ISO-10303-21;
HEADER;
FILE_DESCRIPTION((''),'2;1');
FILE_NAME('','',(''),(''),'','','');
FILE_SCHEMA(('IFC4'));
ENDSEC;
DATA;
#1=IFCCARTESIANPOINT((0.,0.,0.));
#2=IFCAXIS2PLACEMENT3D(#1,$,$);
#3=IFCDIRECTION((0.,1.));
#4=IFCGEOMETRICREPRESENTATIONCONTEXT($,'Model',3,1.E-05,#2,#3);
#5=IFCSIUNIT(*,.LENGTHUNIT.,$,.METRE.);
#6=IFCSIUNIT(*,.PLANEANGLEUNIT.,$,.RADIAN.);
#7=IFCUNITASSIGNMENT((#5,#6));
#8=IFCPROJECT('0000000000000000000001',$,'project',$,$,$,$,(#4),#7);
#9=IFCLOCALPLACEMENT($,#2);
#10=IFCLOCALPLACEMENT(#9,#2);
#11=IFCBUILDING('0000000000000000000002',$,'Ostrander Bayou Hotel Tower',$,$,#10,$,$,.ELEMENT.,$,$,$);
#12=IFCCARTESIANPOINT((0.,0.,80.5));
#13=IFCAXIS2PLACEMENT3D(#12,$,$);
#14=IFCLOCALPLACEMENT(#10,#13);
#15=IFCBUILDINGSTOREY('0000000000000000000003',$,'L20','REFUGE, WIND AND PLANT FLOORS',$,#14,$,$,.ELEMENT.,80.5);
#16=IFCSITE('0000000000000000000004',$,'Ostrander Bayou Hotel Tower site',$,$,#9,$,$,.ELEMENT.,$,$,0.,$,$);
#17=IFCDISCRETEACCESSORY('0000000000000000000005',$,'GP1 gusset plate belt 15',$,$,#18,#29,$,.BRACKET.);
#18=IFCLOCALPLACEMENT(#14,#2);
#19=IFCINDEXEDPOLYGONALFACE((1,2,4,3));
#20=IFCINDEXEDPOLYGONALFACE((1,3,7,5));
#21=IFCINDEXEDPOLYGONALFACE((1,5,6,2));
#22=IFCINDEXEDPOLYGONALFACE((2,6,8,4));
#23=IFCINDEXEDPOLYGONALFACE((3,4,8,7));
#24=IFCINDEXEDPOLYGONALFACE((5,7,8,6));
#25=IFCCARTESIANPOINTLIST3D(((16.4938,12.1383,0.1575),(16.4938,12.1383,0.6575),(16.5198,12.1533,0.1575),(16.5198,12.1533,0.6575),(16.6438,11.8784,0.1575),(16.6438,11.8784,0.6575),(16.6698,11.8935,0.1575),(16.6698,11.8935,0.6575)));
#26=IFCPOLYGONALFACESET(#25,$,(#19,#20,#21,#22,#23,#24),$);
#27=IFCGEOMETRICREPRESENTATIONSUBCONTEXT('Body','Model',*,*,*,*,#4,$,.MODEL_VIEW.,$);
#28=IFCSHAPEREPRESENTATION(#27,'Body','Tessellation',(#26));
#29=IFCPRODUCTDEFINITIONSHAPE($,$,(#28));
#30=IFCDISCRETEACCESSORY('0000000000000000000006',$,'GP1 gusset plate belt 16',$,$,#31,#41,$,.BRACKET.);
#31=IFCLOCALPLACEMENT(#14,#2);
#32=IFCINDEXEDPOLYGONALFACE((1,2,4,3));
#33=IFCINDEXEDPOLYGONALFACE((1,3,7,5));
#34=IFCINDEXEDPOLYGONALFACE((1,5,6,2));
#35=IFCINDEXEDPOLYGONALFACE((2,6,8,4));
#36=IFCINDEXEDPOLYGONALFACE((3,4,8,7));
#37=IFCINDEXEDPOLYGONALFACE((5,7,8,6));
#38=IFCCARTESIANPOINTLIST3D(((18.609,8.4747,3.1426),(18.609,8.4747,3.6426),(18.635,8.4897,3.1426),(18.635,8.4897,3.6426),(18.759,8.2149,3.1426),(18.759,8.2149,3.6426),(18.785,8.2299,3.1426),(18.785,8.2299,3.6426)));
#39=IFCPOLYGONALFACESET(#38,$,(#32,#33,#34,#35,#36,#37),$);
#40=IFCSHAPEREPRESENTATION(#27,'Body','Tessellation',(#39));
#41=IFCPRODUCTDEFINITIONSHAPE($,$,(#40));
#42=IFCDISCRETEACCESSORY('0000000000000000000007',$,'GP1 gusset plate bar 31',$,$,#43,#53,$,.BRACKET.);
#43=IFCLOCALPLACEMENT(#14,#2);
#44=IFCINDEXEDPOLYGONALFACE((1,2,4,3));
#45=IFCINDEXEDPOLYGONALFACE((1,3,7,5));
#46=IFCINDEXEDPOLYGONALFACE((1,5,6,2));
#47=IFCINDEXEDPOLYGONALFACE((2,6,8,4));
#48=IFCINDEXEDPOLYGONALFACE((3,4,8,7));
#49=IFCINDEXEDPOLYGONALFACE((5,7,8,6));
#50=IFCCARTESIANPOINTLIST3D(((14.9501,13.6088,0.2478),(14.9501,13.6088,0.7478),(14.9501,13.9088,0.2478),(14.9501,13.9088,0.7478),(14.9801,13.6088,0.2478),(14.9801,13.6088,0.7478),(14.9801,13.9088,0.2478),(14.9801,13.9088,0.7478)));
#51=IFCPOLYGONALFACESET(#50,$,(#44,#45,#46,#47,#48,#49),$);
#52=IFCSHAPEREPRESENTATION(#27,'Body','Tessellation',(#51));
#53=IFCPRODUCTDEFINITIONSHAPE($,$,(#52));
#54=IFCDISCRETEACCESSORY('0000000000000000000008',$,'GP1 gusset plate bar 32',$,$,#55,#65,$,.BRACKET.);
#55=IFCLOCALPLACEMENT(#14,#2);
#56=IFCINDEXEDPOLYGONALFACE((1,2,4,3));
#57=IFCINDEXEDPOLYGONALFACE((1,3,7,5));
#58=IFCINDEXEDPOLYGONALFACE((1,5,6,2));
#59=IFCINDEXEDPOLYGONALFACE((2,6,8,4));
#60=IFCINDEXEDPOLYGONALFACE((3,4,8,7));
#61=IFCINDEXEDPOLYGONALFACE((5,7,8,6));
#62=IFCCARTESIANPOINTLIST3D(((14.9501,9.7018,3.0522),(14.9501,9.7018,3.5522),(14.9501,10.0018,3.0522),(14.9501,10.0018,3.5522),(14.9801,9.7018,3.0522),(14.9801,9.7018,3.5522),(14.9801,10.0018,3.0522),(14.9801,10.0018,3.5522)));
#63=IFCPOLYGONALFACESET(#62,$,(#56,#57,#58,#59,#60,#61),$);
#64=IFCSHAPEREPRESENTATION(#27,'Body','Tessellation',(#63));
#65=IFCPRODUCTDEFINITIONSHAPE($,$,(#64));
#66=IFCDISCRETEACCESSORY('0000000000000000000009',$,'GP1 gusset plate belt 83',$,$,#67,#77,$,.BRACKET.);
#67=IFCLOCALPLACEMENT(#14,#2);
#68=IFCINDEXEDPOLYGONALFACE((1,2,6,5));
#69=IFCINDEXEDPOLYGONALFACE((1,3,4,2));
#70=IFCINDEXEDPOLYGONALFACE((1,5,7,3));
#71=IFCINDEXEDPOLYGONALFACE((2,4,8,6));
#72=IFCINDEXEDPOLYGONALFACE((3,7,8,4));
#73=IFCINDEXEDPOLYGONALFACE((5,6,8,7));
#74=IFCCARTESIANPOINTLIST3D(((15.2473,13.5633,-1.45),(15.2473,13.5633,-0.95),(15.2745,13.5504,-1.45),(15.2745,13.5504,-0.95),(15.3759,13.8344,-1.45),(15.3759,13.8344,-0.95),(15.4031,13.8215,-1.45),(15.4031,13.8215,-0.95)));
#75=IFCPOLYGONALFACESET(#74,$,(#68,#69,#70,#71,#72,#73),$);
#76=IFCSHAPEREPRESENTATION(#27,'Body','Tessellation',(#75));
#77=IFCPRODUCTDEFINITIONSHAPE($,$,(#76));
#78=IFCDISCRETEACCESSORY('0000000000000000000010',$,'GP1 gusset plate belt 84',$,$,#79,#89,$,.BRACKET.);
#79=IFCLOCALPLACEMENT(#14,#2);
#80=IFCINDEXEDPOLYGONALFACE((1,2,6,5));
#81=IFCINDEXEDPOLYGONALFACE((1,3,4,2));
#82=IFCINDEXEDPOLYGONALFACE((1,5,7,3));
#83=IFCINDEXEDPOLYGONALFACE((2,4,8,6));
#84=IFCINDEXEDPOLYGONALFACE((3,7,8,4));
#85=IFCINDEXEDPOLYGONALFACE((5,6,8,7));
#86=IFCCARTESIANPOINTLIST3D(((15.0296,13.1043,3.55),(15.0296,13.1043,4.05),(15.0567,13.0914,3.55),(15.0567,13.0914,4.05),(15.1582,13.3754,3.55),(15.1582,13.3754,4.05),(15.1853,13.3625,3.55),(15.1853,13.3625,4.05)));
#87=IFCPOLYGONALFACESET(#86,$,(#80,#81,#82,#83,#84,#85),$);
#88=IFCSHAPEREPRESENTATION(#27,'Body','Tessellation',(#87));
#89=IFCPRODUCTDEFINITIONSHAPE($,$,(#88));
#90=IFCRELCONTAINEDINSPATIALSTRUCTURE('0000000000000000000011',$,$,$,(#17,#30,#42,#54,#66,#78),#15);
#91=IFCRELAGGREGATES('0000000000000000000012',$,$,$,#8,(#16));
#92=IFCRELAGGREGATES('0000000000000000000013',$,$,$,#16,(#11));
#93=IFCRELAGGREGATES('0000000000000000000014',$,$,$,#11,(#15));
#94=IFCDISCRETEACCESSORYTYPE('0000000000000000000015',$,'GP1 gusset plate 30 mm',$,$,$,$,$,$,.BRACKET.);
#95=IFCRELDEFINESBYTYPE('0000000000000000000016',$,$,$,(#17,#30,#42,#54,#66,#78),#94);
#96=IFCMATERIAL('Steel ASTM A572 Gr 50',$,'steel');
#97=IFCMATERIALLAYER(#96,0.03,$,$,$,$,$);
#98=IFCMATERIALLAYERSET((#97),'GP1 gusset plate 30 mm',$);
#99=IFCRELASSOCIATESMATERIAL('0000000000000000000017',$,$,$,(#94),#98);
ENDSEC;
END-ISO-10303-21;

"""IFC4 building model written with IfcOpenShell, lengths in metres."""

from ifc_helpers import new_model, si_unit, direction, frame, origin, origin_2d, place, context, subcontext, project, spatial, rectangle, extrude, material, layer, layer_set, type_object, element, save


model = new_model("IFC4")

# Units and contexts
model_context = context("Model", 3, precision=1e-05, world=origin(), true_north=direction((0.0, 1.0)))
body_context = subcontext(model_context, "Body", "Model", "MODEL_VIEW")
ifc_project = project(units=[si_unit("LENGTHUNIT", "METRE"), si_unit("PLANEANGLEUNIT", "RADIAN")], contexts=[model_context])

# Site, building, storey
site_placement = place(None, origin())
site = spatial("IfcSite", under=ifc_project, at=site_placement, Name="Ostrander Bayou Hotel Tower site", CompositionType="ELEMENT", RefElevation=0.0)
building_placement = place(site_placement, origin())
building = spatial("IfcBuilding", under=site, at=building_placement, Name="Ostrander Bayou Hotel Tower", CompositionType="ELEMENT")
storey_placement = place(building_placement, frame((0.0, 0.0, 80.5)))
storey = spatial("IfcBuildingStorey", under=building, at=storey_placement, Name="L20", Description="REFUGE, WIND AND PLANT FLOORS", CompositionType="ELEMENT", Elevation=80.5)

# Discrete accessories
ifc_material_1 = material(Name="Steel ASTM A572 Gr 50", Category="steel")
ifc_layer_1 = layer(ifc_material_1, 0.03)
ifc_layer_set_1 = layer_set([ifc_layer_1], Name="GP1 gusset plate 30 mm")
discrete_accessory_type = type_object("IfcDiscreteAccessoryType", Name="GP1 gusset plate 30 mm", PredefinedType="BRACKET", material=ifc_layer_set_1)
for number, where, z_axis, x_axis, name in (
    (1, (16.5818, 12.0159, 0.1575), (0.0, 0.0, 1.0), (0.5, -0.866025, 0.0), "GP1 gusset plate belt 15"),
    (2, (18.697, 8.3523, 3.1426), (0.0, 0.0, 1.0), (0.5, -0.866025, 0.0), "GP1 gusset plate belt 16"),
    (3, (14.9651, 13.7588, 0.2478), (0.0, 0.0, 1.0), (0.0, -1.0, 0.0), "GP1 gusset plate bar 31"),
    (4, (14.9651, 9.8518, 3.0522), (0.0, 0.0, 1.0), (0.0, -1.0, 0.0), "GP1 gusset plate bar 32"),
    (5, (15.3252, 13.6924, -1.45), (0.0, 0.0, 1.0), (-0.42862, -0.903485, 0.0), "GP1 gusset plate belt 83"),
    (6, (15.1074, 13.2334, 3.55), (0.0, 0.0, 1.0), (-0.42862, -0.903485, 0.0), "GP1 gusset plate belt 84"),
):
    element("IfcDiscreteAccessory", number, at=place(storey_placement, frame(where, z_axis=z_axis, x_axis=x_axis)), inside=storey, type_object=discrete_accessory_type, Name=name, PredefinedType="BRACKET", context=body_context, shape_type="SweptSolid", body=[
        extrude(rectangle(XDim=0.3, YDim=0.03, at=origin_2d()), origin(), (0.0, 0.0, 1.0), 0.5),
    ])

save(model, "model.ifc")
